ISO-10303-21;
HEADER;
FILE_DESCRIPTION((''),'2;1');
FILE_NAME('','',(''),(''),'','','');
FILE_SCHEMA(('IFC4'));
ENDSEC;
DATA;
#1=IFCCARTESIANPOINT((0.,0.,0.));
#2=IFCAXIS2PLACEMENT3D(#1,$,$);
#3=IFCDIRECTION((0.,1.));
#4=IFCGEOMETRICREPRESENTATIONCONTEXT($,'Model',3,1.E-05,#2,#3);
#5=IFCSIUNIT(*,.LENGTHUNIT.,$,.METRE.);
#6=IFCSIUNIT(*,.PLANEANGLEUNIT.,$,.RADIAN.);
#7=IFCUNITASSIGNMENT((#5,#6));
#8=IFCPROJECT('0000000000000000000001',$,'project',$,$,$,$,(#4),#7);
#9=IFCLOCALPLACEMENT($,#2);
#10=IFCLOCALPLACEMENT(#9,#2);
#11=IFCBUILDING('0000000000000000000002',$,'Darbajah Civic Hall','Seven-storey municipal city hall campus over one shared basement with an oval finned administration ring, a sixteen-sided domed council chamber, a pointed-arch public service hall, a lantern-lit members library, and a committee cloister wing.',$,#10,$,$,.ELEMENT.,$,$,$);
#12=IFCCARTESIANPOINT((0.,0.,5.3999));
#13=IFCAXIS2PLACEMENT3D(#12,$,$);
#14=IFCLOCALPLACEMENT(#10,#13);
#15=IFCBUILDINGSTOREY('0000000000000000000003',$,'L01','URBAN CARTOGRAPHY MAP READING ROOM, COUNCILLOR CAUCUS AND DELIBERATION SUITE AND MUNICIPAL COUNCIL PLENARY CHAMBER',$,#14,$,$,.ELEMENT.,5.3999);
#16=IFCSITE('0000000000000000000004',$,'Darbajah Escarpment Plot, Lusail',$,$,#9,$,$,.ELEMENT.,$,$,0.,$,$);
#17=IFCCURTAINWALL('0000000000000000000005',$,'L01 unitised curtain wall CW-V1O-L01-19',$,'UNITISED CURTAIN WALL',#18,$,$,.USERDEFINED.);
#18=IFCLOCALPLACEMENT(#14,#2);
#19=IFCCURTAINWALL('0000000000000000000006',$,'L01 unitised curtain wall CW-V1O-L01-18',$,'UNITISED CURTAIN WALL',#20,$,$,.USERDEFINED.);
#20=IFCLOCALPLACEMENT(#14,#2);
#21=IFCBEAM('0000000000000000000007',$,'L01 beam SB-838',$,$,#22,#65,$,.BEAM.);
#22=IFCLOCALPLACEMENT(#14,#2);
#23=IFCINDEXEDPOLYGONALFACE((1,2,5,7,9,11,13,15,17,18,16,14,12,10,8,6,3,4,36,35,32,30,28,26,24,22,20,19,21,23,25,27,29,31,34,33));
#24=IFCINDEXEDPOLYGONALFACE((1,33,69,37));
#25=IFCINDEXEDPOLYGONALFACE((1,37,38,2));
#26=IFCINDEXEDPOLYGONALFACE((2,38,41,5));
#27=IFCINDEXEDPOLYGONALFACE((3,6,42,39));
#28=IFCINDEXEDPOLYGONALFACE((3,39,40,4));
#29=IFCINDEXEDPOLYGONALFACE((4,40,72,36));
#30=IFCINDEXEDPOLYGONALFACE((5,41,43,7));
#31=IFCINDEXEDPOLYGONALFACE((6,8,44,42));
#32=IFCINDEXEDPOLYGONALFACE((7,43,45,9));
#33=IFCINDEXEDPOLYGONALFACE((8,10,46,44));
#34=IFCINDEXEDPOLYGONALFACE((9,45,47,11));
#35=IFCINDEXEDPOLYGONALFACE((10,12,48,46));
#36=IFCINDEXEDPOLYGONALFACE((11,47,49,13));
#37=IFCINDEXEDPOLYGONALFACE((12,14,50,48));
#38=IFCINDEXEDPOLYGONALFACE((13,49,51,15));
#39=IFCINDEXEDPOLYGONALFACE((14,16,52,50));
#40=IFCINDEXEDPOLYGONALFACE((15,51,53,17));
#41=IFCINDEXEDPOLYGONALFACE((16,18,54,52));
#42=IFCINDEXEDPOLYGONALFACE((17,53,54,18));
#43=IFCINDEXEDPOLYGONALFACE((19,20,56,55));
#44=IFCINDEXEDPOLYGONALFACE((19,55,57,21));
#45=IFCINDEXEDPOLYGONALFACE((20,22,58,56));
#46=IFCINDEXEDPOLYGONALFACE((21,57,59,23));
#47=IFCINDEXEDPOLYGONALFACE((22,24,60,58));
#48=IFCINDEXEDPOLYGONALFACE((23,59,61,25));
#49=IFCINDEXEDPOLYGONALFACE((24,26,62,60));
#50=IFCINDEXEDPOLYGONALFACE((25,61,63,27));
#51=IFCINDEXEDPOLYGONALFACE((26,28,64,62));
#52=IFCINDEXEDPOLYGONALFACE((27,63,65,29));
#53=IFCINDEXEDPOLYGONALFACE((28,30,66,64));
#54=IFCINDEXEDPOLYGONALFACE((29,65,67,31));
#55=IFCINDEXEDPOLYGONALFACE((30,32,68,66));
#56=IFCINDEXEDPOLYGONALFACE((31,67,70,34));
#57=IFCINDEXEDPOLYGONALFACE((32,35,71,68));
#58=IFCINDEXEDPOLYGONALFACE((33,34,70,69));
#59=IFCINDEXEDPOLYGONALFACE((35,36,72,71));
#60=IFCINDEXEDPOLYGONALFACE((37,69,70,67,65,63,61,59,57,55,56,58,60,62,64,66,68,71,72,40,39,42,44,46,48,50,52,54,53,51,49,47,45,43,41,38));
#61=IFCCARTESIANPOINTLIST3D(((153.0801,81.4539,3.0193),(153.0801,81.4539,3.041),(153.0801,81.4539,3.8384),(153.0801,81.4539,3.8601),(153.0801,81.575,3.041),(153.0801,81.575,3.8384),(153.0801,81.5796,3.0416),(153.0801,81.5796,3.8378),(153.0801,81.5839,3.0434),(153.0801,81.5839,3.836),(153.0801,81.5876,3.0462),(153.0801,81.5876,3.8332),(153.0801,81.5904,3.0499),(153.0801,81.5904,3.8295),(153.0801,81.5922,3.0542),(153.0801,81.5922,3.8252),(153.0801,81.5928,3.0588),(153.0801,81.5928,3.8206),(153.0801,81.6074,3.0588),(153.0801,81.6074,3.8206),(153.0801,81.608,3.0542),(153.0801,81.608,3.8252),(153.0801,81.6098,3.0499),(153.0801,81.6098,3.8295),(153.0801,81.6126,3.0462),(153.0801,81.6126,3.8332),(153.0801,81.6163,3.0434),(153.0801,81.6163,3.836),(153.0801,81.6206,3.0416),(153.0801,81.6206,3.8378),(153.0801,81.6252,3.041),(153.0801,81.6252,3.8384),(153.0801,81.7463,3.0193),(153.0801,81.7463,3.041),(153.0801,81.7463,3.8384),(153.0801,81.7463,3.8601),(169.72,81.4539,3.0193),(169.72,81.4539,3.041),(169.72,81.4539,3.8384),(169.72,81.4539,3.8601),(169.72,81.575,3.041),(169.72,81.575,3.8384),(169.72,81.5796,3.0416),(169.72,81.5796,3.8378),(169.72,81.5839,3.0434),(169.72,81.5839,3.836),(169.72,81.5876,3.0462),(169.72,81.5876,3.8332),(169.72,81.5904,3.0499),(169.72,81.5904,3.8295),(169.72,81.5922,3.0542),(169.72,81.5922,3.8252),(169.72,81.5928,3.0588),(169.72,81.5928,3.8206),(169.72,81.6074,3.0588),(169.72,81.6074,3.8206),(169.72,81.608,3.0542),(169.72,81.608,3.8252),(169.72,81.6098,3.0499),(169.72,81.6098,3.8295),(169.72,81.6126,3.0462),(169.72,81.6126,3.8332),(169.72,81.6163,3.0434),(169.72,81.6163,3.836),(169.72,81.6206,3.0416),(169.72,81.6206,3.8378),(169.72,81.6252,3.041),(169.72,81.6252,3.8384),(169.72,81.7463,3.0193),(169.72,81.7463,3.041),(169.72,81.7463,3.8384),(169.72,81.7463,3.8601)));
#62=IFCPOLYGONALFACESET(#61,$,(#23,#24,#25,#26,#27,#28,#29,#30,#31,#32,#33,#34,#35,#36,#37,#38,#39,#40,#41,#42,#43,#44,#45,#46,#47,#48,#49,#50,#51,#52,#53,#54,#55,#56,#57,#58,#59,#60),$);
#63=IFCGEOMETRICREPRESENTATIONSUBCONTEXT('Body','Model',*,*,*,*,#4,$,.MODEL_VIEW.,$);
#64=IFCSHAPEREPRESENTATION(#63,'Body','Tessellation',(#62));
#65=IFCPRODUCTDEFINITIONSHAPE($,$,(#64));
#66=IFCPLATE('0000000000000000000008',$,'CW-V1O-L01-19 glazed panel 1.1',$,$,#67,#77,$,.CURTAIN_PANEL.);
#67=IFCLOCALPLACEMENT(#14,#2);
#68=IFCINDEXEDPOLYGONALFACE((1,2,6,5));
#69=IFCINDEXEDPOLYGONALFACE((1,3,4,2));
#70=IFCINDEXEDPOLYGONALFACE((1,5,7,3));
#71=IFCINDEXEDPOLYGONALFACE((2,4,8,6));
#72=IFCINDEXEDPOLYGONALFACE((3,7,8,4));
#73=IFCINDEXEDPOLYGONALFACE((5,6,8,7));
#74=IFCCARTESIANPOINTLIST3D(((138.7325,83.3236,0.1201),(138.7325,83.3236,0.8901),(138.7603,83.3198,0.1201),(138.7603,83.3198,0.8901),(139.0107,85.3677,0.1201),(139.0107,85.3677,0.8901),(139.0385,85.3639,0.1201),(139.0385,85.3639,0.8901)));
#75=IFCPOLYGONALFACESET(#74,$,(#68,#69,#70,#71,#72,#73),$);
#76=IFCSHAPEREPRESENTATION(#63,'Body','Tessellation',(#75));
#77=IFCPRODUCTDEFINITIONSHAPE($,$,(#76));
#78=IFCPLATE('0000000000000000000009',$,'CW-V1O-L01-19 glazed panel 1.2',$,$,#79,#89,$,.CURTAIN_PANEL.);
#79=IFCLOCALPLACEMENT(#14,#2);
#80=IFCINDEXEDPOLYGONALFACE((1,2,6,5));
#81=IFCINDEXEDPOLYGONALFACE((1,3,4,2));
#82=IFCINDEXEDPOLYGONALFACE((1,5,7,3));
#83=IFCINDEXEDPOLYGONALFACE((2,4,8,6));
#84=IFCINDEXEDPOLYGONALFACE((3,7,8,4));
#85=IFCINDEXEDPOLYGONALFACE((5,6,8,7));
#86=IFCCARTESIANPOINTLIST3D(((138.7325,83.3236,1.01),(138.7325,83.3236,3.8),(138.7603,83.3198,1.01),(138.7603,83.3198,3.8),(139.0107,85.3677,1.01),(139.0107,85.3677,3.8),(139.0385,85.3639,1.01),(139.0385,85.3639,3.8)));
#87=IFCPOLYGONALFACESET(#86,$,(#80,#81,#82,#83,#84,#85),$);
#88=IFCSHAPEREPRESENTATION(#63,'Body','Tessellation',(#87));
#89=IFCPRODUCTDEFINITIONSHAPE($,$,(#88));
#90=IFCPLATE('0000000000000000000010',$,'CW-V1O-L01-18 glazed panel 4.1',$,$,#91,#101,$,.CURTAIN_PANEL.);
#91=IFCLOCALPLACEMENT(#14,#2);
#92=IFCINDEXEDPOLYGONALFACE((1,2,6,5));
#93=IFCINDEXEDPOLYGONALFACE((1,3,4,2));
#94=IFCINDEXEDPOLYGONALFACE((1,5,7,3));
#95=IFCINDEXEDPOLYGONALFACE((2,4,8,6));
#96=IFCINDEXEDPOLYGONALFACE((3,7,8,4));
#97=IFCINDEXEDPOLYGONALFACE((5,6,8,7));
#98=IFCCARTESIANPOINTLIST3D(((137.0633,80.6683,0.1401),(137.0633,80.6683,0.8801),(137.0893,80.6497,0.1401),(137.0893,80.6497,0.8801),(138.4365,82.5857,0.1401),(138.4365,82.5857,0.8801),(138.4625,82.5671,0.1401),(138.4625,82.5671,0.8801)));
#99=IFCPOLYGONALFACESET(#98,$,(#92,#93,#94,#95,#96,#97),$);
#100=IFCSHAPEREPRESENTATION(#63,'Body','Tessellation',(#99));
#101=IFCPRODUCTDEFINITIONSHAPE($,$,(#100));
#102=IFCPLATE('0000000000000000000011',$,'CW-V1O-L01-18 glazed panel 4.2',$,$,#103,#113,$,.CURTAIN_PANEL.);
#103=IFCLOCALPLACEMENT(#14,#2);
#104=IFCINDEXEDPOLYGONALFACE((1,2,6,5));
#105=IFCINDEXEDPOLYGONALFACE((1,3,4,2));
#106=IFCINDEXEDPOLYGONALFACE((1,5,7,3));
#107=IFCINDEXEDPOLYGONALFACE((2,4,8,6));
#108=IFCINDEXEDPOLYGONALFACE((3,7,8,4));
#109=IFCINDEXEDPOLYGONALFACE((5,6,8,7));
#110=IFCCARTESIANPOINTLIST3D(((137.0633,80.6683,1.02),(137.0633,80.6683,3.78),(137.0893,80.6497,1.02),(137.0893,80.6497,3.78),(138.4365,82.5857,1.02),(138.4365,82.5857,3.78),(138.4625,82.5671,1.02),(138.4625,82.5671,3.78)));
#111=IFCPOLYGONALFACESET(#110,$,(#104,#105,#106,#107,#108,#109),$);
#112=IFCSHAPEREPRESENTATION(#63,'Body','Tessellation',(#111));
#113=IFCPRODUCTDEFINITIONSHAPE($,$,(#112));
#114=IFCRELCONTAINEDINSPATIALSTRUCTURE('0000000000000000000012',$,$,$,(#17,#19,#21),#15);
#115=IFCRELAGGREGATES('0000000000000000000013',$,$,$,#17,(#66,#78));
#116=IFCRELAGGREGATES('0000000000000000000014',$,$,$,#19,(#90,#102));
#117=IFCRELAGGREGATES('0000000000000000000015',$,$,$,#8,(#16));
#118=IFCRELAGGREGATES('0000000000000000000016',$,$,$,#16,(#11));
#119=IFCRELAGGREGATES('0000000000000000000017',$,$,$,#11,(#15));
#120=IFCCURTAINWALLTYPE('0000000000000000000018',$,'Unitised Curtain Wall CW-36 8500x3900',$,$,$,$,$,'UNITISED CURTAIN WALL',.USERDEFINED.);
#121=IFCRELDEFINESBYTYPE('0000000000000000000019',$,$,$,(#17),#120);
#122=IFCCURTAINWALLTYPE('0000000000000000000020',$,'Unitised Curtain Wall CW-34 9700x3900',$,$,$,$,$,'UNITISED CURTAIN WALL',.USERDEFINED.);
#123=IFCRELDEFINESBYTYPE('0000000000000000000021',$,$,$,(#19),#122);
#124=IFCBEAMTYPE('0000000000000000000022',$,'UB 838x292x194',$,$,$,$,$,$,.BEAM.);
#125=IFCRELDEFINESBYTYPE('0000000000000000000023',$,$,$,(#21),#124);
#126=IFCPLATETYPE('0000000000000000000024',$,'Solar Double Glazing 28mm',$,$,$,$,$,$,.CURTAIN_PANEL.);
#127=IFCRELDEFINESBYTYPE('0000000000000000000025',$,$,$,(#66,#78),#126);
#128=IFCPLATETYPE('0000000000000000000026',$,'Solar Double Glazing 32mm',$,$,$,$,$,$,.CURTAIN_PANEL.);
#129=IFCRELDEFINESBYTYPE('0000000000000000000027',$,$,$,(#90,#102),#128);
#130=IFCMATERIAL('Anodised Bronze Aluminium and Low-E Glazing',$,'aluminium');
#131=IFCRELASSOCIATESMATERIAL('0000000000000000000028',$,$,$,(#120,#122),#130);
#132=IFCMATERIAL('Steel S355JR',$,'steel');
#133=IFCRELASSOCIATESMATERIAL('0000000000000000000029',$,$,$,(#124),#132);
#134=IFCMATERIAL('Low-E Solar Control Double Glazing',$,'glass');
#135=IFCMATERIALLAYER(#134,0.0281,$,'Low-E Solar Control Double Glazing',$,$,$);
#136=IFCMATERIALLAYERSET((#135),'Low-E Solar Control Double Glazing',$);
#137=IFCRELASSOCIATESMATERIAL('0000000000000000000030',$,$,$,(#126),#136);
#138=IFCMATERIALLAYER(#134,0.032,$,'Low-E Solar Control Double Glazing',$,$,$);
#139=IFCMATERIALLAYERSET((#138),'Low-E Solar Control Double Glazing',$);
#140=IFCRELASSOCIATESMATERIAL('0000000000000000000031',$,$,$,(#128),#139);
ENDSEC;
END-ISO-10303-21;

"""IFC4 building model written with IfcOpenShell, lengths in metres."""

from ifc_helpers import new_model, si_unit, direction, frame, origin, origin_2d, place, context, subcontext, project, spatial, rectangle, i_section, extrude, material, layer, layer_set, material_profile, profile_set, type_object, element, aggregate, save


model = new_model("IFC4")

# Units and contexts
model_context = context("Model", 3, precision=1e-05, world=origin(), true_north=direction((0.0, 1.0)))
body_context = subcontext(model_context, "Body", "Model", "MODEL_VIEW")
ifc_project = project(units=[si_unit("LENGTHUNIT", "METRE"), si_unit("PLANEANGLEUNIT", "RADIAN")], contexts=[model_context])

# Site, building, storey
site_placement = place(None, origin())
site = spatial("IfcSite", under=ifc_project, at=site_placement, Name="Darbajah Escarpment Plot, Lusail", CompositionType="ELEMENT", RefElevation=0.0)
building_placement = place(site_placement, origin())
building = spatial("IfcBuilding", under=site, at=building_placement, Name="Darbajah Civic Hall", Description="Seven-storey municipal city hall campus over one shared basement with an oval finned administration ring, a sixteen-sided domed council chamber, a pointed-arch public service hall, a lantern-lit members library, and a committee cloister wing.", CompositionType="ELEMENT")
storey_placement = place(building_placement, frame((0.0, 0.0, 5.3999)))
storey = spatial("IfcBuildingStorey", under=building, at=storey_placement, Name="L01", Description="URBAN CARTOGRAPHY MAP READING ROOM, COUNCILLOR CAUCUS AND DELIBERATION SUITE AND MUNICIPAL COUNCIL PLENARY CHAMBER", CompositionType="ELEMENT", Elevation=5.3999)

# Curtain walls
ifc_material_1 = material(Name="Anodised Bronze Aluminium and Low-E Glazing", Category="aluminium")
curtain_wall_type_1 = type_object("IfcCurtainWallType", Name="Unitised Curtain Wall CW-36 8500x3900", ElementType="UNITISED CURTAIN WALL", PredefinedType="USERDEFINED", material=ifc_material_1)
curtain_wall_1_placement = place(storey_placement, origin())
curtain_wall_1 = element("IfcCurtainWall", 1, at=curtain_wall_1_placement, inside=storey, type_object=curtain_wall_type_1, Name="L01 unitised curtain wall CW-V1O-L01-19", ObjectType="UNITISED CURTAIN WALL", PredefinedType="USERDEFINED")
curtain_wall_type_2 = type_object("IfcCurtainWallType", Name="Unitised Curtain Wall CW-34 9700x3900", ElementType="UNITISED CURTAIN WALL", PredefinedType="USERDEFINED", material=ifc_material_1)
curtain_wall_2_placement = place(storey_placement, origin())
curtain_wall_2 = element("IfcCurtainWall", 2, at=curtain_wall_2_placement, inside=storey, type_object=curtain_wall_type_2, Name="L01 unitised curtain wall CW-V1O-L01-18", ObjectType="UNITISED CURTAIN WALL", PredefinedType="USERDEFINED")

# Beam
ifc_material_2 = material(Name="Steel S355JR", Category="steel")
ifc_material_profile_1 = material_profile(ifc_material_2, i_section(OverallWidth=0.2925, OverallDepth=0.8408, WebThickness=0.0146, FlangeThickness=0.0217, FilletRadius=0.0178, at=origin_2d()), Name="UB 838x292x194")
ifc_profile_set_1 = profile_set([ifc_material_profile_1], Name="Steel S355JR")
beam_type_1 = type_object("IfcBeamType", Name="UB 838x292x194", PredefinedType="BEAM", material=ifc_profile_set_1)
beam_1_placement = place(storey_placement, frame((153.0801, 81.6001, 3.4397), z_axis=(1.0, 0.0, 0.0), x_axis=(0.0, 1.0, 0.0)))
element("IfcBeam", 3, at=beam_1_placement, inside=storey, type_object=beam_type_1, Name="L01 beam SB-838", PredefinedType="BEAM", context=body_context, shape_type="SweptSolid", body=[
    extrude(i_section(OverallWidth=0.2925, OverallDepth=0.8408, WebThickness=0.0146, FlangeThickness=0.0217, FilletRadius=0.0178, at=origin_2d()), origin(), (0.0, 0.0, 1.0), 16.6399),
])

# Plates
ifc_material_3 = material(Name="Low-E Solar Control Double Glazing", Category="glass")
ifc_layer_1 = layer(ifc_material_3, 0.0281, Name="Low-E Solar Control Double Glazing")
ifc_layer_set_1 = layer_set([ifc_layer_1], Name="Low-E Solar Control Double Glazing")
plate_type_1 = type_object("IfcPlateType", Name="Solar Double Glazing 28mm", PredefinedType="CURTAIN_PANEL", material=ifc_layer_set_1)
plate_1_placement = place(storey_placement, frame((138.8855, 84.3438, 0.1201), z_axis=(0.0, 0.0, 1.0), x_axis=(0.134851, 0.990866, 0.0)))
plate_1 = element("IfcPlate", 4, at=plate_1_placement, type_object=plate_type_1, Name="CW-V1O-L01-19 glazed panel 1.1", PredefinedType="CURTAIN_PANEL", context=body_context, shape_type="SweptSolid", body=[
    extrude(rectangle(XDim=2.063, YDim=0.0281, at=origin_2d()), origin(), (0.0, 0.0, 1.0), 0.77),
])
plate_2_placement = place(storey_placement, frame((138.8855, 84.3438, 1.01), z_axis=(0.0, 0.0, 1.0), x_axis=(0.134851, 0.990866, 0.0)))
plate_2 = element("IfcPlate", 5, at=plate_2_placement, type_object=plate_type_1, Name="CW-V1O-L01-19 glazed panel 1.2", PredefinedType="CURTAIN_PANEL", context=body_context, shape_type="SweptSolid", body=[
    extrude(rectangle(XDim=2.063, YDim=0.0281, at=origin_2d()), origin(), (0.0, 0.0, 1.0), 2.79),
])
aggregate(curtain_wall_1, [plate_1, plate_2])
ifc_layer_2 = layer(ifc_material_3, 0.032, Name="Low-E Solar Control Double Glazing")
ifc_layer_set_2 = layer_set([ifc_layer_2], Name="Low-E Solar Control Double Glazing")
plate_type_2 = type_object("IfcPlateType", Name="Solar Double Glazing 32mm", PredefinedType="CURTAIN_PANEL", material=ifc_layer_set_2)
plate_3_placement = place(storey_placement, frame((137.7629, 81.6177, 0.1401), z_axis=(0.0, 0.0, 1.0), x_axis=(0.582265, 0.812999, 0.0)))
plate_3 = element("IfcPlate", 6, at=plate_3_placement, type_object=plate_type_2, Name="CW-V1O-L01-18 glazed panel 4.1", PredefinedType="CURTAIN_PANEL", context=body_context, shape_type="SweptSolid", body=[
    extrude(rectangle(XDim=2.3584, YDim=0.032, at=origin_2d()), origin(), (0.0, 0.0, 1.0), 0.74),
])
plate_4_placement = place(storey_placement, frame((137.7629, 81.6177, 1.02), z_axis=(0.0, 0.0, 1.0), x_axis=(0.582265, 0.812999, 0.0)))
plate_4 = element("IfcPlate", 7, at=plate_4_placement, type_object=plate_type_2, Name="CW-V1O-L01-18 glazed panel 4.2", PredefinedType="CURTAIN_PANEL", context=body_context, shape_type="SweptSolid", body=[
    extrude(rectangle(XDim=2.3584, YDim=0.032, at=origin_2d()), origin(), (0.0, 0.0, 1.0), 2.76),
])
aggregate(curtain_wall_2, [plate_3, plate_4])

save(model, "model.ifc")
